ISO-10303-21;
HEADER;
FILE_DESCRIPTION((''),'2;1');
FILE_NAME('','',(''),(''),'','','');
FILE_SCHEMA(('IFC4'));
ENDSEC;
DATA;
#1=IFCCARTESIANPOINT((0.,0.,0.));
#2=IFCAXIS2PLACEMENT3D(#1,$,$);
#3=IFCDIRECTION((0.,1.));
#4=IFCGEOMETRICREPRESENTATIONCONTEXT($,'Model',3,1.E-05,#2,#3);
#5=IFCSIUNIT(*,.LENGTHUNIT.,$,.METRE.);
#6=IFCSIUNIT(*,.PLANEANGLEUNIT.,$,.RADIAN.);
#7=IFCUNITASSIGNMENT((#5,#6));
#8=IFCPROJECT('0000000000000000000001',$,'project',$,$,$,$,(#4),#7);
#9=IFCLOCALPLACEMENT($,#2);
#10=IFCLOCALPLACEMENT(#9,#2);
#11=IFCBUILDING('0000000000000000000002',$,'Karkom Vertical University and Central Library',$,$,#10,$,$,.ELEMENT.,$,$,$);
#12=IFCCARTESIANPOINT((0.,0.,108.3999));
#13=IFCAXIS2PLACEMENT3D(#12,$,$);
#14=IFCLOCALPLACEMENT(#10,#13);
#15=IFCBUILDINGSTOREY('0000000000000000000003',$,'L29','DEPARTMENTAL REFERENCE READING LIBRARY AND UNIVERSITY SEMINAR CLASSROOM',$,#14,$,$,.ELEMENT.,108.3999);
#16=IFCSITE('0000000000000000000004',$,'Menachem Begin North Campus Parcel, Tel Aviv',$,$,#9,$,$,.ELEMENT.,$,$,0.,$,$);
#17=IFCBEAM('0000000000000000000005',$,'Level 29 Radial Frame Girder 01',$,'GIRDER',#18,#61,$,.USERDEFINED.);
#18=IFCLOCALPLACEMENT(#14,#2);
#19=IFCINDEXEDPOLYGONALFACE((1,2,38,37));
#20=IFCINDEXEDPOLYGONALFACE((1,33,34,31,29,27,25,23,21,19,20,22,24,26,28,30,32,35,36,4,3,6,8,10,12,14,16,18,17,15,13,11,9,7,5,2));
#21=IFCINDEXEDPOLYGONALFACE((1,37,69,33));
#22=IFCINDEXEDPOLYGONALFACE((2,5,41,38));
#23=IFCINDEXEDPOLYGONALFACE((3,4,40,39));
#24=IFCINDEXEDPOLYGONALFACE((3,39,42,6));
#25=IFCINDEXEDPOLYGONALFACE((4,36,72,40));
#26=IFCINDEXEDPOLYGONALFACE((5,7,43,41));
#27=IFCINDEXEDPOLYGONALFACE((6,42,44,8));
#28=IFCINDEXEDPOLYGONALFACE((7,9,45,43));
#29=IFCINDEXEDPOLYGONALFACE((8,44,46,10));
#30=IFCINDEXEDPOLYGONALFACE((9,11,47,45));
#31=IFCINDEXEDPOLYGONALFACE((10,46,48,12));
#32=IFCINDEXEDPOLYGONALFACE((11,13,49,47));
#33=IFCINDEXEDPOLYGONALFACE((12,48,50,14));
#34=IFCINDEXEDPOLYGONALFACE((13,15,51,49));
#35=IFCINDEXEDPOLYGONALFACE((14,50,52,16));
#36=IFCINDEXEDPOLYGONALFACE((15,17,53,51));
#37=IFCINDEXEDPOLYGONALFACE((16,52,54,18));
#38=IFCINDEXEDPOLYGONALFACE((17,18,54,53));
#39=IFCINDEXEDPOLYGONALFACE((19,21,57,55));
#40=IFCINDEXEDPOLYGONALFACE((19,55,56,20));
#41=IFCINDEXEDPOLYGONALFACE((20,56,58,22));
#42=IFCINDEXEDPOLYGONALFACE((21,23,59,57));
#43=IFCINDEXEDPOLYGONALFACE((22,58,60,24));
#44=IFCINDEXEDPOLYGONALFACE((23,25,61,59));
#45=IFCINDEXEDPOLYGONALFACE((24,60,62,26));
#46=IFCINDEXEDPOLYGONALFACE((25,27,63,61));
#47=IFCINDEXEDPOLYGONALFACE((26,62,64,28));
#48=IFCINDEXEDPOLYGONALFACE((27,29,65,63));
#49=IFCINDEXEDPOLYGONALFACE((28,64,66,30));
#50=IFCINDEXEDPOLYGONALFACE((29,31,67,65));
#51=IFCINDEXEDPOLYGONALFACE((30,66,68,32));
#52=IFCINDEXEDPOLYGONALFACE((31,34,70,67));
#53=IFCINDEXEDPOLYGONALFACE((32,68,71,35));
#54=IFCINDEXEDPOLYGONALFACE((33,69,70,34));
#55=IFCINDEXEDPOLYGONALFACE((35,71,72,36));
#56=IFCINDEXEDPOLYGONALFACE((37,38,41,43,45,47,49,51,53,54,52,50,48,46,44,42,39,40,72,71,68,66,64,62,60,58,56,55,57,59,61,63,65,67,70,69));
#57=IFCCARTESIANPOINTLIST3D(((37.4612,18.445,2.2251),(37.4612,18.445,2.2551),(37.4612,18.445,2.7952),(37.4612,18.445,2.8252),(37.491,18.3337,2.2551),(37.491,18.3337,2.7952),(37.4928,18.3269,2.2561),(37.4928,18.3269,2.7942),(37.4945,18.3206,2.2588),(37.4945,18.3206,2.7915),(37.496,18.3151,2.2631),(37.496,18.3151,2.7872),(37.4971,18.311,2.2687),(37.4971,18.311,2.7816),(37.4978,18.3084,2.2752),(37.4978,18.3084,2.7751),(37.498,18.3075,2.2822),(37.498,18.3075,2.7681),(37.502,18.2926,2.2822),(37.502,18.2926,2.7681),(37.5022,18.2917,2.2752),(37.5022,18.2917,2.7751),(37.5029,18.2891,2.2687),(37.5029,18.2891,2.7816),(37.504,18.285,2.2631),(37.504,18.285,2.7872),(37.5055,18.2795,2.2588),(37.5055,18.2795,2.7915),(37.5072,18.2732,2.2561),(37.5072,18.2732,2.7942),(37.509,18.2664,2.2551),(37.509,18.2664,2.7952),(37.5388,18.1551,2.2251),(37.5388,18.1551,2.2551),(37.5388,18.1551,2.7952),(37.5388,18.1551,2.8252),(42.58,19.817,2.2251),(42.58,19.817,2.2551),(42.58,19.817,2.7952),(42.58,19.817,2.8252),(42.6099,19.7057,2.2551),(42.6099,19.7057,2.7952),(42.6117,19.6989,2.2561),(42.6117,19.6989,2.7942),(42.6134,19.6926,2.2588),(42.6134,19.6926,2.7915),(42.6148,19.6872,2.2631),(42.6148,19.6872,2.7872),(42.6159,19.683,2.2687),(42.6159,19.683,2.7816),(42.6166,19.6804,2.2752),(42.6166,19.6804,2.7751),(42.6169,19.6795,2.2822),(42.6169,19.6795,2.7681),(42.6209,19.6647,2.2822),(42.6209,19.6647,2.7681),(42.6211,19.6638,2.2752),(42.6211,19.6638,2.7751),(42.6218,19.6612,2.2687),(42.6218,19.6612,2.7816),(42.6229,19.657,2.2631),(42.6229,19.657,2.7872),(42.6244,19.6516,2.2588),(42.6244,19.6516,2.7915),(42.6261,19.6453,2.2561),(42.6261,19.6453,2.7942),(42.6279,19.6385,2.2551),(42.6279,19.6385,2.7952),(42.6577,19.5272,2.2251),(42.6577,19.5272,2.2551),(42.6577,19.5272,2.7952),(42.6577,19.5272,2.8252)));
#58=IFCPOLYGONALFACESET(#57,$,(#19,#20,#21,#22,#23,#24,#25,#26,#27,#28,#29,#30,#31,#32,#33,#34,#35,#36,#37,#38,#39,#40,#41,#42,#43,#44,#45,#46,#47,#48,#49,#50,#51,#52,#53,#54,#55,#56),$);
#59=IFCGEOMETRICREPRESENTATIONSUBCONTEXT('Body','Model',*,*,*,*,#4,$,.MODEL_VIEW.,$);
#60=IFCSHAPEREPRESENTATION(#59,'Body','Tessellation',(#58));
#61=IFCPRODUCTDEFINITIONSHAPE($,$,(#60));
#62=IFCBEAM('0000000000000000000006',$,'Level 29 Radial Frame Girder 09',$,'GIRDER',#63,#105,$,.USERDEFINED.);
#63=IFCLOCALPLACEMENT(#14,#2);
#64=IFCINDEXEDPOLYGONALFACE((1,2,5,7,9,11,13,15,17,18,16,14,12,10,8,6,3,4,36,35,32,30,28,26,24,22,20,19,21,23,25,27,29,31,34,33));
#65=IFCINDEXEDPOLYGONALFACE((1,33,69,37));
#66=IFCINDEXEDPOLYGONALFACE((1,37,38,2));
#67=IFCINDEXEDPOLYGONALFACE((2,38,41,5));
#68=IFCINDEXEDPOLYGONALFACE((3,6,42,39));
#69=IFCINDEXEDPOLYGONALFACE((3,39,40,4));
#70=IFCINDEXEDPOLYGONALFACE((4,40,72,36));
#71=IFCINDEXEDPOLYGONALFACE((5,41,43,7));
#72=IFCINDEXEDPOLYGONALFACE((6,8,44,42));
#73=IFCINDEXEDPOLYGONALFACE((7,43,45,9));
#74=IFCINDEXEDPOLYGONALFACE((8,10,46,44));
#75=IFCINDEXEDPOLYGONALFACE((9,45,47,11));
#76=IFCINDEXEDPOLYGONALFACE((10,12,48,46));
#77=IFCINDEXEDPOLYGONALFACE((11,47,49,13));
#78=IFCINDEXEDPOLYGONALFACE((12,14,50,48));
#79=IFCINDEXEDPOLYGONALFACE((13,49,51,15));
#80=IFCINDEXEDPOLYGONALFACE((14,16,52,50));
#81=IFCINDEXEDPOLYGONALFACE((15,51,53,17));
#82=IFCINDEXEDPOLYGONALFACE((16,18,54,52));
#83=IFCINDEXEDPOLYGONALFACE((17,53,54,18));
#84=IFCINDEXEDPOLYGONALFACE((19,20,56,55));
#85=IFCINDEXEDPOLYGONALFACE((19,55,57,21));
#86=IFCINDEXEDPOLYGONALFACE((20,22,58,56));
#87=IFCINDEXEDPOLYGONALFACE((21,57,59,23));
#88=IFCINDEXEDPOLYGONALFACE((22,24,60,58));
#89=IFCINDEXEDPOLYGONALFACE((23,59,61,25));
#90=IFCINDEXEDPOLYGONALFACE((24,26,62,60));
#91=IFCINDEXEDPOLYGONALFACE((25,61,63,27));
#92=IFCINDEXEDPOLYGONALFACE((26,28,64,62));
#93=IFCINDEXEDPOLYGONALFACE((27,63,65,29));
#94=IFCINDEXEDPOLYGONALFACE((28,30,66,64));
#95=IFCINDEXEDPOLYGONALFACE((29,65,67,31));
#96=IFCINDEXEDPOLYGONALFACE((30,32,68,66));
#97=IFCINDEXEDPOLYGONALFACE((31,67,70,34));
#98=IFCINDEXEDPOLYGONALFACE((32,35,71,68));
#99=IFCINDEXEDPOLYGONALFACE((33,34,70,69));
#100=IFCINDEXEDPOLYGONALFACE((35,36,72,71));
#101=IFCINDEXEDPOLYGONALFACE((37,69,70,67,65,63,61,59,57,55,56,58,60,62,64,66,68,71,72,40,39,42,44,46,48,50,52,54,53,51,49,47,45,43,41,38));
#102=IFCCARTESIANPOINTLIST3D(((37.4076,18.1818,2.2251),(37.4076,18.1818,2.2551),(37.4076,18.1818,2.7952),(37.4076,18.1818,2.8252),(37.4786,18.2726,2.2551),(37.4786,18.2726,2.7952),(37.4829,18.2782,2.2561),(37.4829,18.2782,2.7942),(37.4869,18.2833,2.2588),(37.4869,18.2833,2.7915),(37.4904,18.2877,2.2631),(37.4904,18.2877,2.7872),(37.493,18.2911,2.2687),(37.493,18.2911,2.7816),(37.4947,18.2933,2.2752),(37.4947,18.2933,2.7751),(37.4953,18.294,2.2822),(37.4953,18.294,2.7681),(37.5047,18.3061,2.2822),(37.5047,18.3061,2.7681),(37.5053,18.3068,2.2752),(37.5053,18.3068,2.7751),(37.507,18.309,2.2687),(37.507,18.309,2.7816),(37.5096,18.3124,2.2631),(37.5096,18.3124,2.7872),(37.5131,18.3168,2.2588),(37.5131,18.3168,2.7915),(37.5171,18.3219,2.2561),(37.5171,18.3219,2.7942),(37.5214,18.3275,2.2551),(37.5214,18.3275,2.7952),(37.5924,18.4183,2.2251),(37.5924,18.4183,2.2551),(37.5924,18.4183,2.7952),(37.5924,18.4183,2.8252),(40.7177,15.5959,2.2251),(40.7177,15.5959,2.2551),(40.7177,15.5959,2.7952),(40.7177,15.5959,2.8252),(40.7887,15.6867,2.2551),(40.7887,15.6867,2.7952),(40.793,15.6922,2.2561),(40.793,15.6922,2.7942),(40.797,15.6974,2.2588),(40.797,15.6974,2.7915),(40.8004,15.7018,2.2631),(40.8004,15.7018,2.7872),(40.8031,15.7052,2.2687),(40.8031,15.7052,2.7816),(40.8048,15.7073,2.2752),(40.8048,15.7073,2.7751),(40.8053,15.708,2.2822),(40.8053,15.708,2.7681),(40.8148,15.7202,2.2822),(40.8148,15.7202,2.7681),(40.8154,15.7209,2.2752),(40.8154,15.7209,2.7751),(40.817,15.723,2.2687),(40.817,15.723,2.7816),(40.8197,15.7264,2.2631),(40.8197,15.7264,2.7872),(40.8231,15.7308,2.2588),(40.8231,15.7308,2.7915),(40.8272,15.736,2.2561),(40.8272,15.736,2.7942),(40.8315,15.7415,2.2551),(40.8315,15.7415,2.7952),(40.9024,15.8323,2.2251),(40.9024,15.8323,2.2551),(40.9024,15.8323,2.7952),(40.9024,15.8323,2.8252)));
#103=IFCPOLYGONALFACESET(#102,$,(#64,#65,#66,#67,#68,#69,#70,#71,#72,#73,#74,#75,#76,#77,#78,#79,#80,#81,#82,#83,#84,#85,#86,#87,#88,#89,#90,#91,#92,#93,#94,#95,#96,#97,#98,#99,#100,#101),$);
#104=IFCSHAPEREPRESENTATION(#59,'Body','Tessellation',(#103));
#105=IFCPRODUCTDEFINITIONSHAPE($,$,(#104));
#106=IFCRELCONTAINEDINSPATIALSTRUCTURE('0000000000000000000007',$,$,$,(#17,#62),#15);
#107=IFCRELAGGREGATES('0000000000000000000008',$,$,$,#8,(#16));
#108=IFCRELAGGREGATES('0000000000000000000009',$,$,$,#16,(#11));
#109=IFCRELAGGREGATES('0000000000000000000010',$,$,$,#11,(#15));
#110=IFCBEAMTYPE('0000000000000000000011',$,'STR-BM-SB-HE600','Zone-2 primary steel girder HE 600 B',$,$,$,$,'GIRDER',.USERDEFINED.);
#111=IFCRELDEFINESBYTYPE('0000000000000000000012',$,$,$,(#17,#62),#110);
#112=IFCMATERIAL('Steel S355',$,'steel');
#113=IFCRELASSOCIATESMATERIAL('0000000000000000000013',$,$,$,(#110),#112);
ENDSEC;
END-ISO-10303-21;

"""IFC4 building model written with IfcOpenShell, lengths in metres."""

from ifc_helpers import new_model, si_unit, direction, frame, origin, origin_with_axes, origin_2d, place, context, subcontext, project, spatial, i_section, extrude, source, transform, mapped, material, material_profile, profile_set, type_object, element, save


model = new_model("IFC4")

# Units and contexts
model_context = context("Model", 3, precision=1e-05, world=origin(), true_north=direction((0.0, 1.0)))
body_context = subcontext(model_context, "Body", "Model", "MODEL_VIEW")
ifc_project = project(units=[si_unit("LENGTHUNIT", "METRE"), si_unit("PLANEANGLEUNIT", "RADIAN")], contexts=[model_context])

# Site, building, storey
site_placement = place(None, origin())
site = spatial("IfcSite", under=ifc_project, at=site_placement, Name="Menachem Begin North Campus Parcel, Tel Aviv", CompositionType="ELEMENT", RefElevation=0.0)
building_placement = place(site_placement, origin())
building = spatial("IfcBuilding", under=site, at=building_placement, Name="Karkom Vertical University and Central Library", CompositionType="ELEMENT")
storey_placement = place(building_placement, frame((0.0, 0.0, 108.3999)))
storey = spatial("IfcBuildingStorey", under=building, at=storey_placement, Name="L29", Description="DEPARTMENTAL REFERENCE READING LIBRARY AND UNIVERSITY SEMINAR CLASSROOM", CompositionType="ELEMENT", Elevation=108.3999)

# Beams
ifc_material_1 = material(Name="Steel S355", Category="steel")
ifc_material_profile_1 = material_profile(ifc_material_1, i_section(OverallWidth=0.3, OverallDepth=0.6001, WebThickness=0.0154, FlangeThickness=0.03, FilletRadius=0.0271, at=origin_2d()), Name="HE 600 B")
ifc_profile_set_1 = profile_set([ifc_material_profile_1], Name="Steel S355")
beam_type_1 = type_object("IfcBeamType", Name="STR-BM-SB-HE600", Description="Zone-2 primary steel girder HE 600 B", ElementType="GIRDER", PredefinedType="USERDEFINED", material=ifc_profile_set_1)
shared_shape_1 = source(origin_with_axes(), body_context, "Body", "SweptSolid", [
    extrude(i_section(OverallWidth=0.3, OverallDepth=0.6001, WebThickness=0.0154, FlangeThickness=0.03, FilletRadius=0.0271, at=origin_2d()), origin(), (0.0, 0.0, 1.0), 5.2996),
])
beam_1_placement = place(storey_placement, frame((37.5, 18.3, 2.5251), z_axis=(0.965904, 0.258901, 0.0), x_axis=(-0.258901, 0.965904, 0.0)))
element("IfcBeam", 1, at=beam_1_placement, inside=storey, type_object=beam_type_1, Name="Level 29 Radial Frame Girder 01", ObjectType="GIRDER", PredefinedType="USERDEFINED", context=body_context, shape_type="MappedRepresentation", body=[
    mapped(shared_shape_1, transform((0.0, 0.0, 0.0), scale=1.0)),
])
shared_shape_2 = source(origin_with_axes(), body_context, "Body", "SweptSolid", [
    extrude(i_section(OverallWidth=0.3, OverallDepth=0.6001, WebThickness=0.0154, FlangeThickness=0.03, FilletRadius=0.0271, at=origin_2d()), origin(), (0.0, 0.0, 1.0), 4.2004),
])
beam_2_placement = place(storey_placement, frame((37.5, 18.3, 2.5251), z_axis=(0.78803, -0.615637, 0.0), x_axis=(0.615637, 0.78803, 0.0)))
element("IfcBeam", 2, at=beam_2_placement, inside=storey, type_object=beam_type_1, Name="Level 29 Radial Frame Girder 09", ObjectType="GIRDER", PredefinedType="USERDEFINED", context=body_context, shape_type="MappedRepresentation", body=[
    mapped(shared_shape_2, transform((0.0, 0.0, 0.0), scale=1.0)),
])

save(model, "model.ifc")
